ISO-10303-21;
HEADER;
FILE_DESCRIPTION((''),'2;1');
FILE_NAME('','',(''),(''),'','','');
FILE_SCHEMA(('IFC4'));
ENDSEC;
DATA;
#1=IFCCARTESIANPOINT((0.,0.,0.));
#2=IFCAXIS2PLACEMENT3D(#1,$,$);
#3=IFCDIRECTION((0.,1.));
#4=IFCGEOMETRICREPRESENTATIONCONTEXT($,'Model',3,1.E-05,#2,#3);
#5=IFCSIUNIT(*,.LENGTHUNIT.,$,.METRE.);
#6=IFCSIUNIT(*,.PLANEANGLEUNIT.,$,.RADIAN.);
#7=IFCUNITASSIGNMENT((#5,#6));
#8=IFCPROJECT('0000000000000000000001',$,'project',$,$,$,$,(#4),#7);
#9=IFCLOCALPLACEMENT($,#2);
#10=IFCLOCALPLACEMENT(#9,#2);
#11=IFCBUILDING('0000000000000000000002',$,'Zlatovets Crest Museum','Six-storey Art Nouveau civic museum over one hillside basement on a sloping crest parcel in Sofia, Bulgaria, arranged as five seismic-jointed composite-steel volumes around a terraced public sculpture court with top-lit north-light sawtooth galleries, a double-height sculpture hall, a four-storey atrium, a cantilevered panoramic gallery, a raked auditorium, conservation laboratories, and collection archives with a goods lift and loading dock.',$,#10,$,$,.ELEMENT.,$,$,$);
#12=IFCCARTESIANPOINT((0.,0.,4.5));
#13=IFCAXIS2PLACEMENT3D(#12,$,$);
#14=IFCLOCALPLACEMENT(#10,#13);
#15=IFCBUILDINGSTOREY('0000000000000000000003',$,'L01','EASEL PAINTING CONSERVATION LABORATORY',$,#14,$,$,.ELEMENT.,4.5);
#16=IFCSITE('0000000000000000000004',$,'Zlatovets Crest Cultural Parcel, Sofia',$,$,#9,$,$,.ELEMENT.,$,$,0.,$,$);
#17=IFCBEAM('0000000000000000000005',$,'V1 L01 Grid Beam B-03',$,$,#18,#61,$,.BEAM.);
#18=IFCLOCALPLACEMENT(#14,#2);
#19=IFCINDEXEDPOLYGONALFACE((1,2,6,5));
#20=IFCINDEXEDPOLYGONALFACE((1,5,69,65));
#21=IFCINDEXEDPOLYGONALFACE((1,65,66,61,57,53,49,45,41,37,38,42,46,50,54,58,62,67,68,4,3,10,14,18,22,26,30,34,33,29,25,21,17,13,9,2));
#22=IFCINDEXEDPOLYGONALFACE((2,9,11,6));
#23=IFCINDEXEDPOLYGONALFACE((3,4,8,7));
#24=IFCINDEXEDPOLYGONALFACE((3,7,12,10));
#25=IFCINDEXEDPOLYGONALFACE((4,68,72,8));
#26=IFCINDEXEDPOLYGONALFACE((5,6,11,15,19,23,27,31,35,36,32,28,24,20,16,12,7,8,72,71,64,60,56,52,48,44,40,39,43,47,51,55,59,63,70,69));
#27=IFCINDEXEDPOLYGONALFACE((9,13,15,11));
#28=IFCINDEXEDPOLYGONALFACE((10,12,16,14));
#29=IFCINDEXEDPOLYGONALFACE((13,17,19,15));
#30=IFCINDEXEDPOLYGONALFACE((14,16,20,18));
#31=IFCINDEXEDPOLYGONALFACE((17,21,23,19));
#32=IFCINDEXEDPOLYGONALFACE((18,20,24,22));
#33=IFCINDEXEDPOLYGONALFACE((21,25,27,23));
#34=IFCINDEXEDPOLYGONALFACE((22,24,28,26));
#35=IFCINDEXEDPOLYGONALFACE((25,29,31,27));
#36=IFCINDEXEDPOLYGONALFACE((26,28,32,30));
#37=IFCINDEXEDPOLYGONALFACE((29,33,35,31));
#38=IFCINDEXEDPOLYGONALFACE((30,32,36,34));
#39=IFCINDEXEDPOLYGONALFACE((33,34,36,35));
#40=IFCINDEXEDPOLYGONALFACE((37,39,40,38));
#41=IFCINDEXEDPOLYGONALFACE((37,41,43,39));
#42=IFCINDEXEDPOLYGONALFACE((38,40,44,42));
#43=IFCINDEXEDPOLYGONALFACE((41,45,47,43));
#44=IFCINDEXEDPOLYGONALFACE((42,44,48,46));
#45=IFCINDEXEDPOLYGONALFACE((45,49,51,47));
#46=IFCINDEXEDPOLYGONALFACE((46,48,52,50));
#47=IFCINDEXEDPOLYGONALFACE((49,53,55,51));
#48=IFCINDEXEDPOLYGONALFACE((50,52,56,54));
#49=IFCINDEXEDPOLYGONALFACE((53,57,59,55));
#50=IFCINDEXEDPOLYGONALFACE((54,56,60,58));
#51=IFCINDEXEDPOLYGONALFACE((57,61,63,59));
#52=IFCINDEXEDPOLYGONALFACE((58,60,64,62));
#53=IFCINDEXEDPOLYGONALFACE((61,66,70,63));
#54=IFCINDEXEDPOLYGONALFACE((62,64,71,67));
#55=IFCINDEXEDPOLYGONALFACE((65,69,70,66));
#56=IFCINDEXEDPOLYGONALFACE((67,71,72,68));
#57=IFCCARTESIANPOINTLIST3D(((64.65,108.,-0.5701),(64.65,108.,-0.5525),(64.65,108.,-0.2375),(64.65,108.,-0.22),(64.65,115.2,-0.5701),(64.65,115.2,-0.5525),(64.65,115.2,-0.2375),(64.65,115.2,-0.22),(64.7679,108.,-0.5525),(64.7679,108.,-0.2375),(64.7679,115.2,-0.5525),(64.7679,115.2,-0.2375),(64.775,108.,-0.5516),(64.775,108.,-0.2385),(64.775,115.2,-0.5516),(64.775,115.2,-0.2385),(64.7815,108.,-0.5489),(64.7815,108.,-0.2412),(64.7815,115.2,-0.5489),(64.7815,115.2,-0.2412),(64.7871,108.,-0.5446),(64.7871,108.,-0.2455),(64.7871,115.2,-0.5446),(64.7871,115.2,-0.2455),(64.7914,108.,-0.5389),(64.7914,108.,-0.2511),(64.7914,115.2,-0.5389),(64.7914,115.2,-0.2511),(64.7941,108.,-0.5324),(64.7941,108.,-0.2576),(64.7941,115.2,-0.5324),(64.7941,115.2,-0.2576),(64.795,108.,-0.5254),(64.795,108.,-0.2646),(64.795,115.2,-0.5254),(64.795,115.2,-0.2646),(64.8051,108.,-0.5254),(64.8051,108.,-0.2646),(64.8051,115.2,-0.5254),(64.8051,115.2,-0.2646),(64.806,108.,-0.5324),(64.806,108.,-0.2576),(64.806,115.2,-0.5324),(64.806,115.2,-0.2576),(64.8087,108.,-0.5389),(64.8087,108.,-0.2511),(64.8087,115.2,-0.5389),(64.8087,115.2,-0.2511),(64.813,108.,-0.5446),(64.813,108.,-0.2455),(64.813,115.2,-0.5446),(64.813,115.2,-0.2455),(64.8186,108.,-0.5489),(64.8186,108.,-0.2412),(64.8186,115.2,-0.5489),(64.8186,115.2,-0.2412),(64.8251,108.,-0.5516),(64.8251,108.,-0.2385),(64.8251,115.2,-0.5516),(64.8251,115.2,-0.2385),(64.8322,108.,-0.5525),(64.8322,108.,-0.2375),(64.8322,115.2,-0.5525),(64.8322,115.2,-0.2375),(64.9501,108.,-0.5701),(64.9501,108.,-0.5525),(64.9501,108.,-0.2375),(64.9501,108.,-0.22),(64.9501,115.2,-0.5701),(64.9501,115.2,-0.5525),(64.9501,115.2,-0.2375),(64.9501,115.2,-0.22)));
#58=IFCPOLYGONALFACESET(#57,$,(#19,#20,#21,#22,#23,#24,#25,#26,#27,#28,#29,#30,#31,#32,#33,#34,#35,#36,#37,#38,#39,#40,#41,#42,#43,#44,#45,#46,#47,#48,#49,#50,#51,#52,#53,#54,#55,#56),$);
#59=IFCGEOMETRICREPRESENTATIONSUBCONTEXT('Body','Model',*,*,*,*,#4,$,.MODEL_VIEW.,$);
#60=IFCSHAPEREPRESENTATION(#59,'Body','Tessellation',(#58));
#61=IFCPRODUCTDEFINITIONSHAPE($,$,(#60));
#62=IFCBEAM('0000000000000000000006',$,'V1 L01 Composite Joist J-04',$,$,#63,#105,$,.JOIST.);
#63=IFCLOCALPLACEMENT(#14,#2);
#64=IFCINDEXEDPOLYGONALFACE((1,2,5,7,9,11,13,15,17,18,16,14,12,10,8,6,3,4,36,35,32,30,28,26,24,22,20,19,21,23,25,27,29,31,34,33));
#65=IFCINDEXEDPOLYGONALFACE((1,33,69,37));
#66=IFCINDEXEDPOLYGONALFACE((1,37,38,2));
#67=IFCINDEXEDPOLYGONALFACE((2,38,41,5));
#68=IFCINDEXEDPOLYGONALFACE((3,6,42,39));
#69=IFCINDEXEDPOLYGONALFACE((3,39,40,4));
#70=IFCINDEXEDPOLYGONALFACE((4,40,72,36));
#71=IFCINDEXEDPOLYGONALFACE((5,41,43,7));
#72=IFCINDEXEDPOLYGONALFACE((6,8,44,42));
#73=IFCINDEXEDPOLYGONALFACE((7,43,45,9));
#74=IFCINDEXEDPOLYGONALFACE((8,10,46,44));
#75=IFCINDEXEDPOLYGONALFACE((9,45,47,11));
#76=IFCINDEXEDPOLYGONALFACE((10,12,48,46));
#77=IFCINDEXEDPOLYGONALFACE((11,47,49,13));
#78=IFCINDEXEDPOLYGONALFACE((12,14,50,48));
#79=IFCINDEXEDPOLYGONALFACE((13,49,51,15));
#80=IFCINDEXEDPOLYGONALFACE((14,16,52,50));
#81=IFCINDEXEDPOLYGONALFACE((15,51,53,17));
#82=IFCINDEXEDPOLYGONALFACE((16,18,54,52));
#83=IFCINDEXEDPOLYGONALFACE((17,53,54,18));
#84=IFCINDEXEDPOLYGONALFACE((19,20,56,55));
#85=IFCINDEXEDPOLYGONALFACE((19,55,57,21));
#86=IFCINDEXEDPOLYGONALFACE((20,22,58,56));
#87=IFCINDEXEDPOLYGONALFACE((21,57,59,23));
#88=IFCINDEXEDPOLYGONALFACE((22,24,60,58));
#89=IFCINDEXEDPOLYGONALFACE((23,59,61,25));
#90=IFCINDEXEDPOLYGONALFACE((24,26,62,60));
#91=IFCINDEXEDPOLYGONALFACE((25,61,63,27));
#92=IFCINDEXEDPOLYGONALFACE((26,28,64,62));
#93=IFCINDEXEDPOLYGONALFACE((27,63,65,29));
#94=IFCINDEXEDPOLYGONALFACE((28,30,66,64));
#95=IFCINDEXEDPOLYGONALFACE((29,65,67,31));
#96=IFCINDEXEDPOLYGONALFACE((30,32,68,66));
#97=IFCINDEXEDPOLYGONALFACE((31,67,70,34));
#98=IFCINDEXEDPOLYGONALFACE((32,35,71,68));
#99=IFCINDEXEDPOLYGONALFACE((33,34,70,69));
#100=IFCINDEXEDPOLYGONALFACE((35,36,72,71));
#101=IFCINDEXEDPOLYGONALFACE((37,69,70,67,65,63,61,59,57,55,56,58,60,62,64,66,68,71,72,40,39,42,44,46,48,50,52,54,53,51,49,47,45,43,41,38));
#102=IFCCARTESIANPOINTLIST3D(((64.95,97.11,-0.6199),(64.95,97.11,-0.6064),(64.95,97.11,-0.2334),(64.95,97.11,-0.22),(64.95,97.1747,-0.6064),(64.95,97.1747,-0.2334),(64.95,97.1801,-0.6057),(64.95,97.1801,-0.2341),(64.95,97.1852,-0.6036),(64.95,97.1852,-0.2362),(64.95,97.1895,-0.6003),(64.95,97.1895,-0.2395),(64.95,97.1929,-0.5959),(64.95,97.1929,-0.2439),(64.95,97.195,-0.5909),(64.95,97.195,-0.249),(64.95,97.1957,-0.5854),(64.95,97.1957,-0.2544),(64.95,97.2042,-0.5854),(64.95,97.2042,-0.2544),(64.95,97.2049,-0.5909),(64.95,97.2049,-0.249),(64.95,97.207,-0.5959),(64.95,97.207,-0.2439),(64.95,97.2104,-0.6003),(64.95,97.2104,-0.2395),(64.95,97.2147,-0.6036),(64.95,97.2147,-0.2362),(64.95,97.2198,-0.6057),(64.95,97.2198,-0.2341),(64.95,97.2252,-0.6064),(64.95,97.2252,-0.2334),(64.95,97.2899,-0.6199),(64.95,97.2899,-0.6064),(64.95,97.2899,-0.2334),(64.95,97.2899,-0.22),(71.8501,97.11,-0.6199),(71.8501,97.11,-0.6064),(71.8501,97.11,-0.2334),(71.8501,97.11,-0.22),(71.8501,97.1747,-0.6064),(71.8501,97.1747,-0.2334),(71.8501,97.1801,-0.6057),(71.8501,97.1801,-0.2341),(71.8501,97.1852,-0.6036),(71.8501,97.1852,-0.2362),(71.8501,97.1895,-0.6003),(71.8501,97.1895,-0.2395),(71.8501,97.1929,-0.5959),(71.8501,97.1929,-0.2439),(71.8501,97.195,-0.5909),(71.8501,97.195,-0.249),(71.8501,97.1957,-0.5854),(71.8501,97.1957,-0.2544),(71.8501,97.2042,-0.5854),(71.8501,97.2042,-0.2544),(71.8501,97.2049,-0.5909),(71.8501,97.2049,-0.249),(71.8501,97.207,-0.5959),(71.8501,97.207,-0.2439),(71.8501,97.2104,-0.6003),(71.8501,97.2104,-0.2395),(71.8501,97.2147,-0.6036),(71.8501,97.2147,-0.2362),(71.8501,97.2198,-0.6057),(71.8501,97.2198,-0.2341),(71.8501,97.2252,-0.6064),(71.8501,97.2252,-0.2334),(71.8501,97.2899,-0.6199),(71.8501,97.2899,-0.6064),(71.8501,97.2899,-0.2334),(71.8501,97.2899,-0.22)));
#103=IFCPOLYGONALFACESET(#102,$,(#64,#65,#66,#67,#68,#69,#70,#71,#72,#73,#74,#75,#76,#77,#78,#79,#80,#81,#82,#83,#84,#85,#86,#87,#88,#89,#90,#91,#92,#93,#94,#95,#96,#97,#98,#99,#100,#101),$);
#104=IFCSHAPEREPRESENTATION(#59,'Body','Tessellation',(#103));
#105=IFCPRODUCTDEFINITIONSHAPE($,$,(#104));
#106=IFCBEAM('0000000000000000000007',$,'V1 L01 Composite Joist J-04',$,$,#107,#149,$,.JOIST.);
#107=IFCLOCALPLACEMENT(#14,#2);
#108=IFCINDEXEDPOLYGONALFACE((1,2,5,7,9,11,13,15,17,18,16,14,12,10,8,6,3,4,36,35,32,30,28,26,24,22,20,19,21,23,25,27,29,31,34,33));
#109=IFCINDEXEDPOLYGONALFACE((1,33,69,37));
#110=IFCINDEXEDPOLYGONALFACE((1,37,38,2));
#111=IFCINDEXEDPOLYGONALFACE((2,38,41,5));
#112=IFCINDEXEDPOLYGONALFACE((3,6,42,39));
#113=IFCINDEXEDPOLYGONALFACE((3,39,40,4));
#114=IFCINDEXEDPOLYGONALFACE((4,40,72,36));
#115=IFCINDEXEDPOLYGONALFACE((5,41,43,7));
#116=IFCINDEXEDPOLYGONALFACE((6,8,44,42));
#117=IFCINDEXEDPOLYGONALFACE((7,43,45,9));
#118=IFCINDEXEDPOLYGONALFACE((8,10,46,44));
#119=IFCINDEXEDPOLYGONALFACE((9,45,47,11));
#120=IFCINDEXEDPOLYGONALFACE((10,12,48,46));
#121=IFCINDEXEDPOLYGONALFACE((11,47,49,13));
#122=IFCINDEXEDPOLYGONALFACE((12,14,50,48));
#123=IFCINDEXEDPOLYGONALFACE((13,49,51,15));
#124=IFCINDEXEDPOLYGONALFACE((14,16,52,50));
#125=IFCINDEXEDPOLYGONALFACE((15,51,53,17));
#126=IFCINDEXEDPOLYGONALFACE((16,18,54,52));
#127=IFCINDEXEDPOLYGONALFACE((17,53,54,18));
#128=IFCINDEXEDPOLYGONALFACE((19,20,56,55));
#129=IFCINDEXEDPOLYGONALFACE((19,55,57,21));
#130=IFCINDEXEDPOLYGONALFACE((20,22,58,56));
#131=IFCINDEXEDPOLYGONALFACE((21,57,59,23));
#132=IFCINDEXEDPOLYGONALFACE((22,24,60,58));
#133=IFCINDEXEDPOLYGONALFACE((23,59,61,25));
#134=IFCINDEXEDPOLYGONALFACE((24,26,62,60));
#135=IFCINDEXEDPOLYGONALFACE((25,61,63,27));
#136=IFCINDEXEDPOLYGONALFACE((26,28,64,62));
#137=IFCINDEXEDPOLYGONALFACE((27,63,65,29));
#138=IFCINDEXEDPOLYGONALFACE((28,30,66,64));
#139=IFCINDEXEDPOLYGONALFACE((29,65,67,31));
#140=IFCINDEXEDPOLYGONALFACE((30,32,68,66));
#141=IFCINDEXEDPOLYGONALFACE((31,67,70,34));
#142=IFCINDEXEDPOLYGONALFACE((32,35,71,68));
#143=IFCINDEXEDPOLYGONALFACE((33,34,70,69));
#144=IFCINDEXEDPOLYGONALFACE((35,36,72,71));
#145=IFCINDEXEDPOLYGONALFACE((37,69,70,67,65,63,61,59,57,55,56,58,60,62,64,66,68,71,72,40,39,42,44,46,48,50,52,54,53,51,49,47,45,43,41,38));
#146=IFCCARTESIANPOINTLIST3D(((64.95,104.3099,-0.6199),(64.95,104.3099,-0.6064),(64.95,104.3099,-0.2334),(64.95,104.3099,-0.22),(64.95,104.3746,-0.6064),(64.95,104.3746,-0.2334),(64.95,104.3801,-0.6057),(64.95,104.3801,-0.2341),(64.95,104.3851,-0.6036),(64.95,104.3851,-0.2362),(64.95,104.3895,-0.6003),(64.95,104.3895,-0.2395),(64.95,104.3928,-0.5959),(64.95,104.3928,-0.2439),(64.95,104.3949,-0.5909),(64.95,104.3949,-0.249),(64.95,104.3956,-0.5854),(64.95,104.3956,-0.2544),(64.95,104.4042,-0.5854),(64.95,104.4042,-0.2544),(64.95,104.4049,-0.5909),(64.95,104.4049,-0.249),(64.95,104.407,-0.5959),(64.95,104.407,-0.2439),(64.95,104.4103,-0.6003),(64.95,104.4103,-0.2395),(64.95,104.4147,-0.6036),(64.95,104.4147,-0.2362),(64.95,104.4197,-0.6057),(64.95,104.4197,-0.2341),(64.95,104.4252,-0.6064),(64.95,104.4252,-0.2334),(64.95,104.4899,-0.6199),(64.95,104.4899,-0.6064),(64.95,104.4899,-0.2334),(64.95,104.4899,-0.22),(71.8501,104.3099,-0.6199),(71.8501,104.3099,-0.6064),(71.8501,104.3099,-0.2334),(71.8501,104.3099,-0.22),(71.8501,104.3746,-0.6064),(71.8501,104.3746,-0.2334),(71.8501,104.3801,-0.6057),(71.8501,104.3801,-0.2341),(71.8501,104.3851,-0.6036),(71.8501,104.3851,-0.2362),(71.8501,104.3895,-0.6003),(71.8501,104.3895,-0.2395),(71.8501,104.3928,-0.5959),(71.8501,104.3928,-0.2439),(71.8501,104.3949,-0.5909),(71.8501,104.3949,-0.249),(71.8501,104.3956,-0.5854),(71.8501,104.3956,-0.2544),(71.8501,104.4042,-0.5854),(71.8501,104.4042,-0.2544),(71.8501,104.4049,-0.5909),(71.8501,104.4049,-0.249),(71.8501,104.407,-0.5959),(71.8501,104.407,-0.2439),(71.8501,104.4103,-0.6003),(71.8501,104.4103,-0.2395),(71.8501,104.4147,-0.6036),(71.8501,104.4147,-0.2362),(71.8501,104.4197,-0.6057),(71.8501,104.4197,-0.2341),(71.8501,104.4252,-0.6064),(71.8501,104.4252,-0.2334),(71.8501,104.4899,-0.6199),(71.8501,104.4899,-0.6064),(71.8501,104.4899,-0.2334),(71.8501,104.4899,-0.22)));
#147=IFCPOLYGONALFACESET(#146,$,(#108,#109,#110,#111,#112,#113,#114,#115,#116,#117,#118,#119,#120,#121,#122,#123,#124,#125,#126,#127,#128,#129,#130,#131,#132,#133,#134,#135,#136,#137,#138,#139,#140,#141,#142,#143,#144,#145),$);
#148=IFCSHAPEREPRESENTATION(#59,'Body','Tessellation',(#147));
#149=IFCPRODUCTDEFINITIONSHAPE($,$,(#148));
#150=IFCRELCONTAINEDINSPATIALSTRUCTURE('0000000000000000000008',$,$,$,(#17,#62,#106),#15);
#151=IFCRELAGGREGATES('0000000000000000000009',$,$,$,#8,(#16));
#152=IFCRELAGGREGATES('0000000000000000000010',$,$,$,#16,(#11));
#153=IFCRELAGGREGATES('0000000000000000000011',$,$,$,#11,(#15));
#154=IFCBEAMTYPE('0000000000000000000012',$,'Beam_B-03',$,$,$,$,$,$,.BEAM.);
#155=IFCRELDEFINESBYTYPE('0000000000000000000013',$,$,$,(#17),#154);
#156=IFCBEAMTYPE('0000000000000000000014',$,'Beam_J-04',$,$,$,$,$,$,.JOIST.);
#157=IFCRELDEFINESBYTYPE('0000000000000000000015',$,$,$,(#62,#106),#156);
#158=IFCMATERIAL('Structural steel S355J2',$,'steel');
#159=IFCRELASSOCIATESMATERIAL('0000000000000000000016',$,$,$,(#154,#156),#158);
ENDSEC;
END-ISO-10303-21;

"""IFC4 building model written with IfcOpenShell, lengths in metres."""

from ifc_helpers import new_model, si_unit, direction, frame, origin, origin_2d, place, context, subcontext, project, spatial, i_section, extrude, material, material_profile, profile_set, type_object, element, save


model = new_model("IFC4")

# Units and contexts
model_context = context("Model", 3, precision=1e-05, world=origin(), true_north=direction((0.0, 1.0)))
body_context = subcontext(model_context, "Body", "Model", "MODEL_VIEW")
ifc_project = project(units=[si_unit("LENGTHUNIT", "METRE"), si_unit("PLANEANGLEUNIT", "RADIAN")], contexts=[model_context])

# Site, building, storey
site_placement = place(None, origin())
site = spatial("IfcSite", under=ifc_project, at=site_placement, Name="Zlatovets Crest Cultural Parcel, Sofia", CompositionType="ELEMENT", RefElevation=0.0)
building_placement = place(site_placement, origin())
building = spatial("IfcBuilding", under=site, at=building_placement, Name="Zlatovets Crest Museum", Description="Six-storey Art Nouveau civic museum over one hillside basement on a sloping crest parcel in Sofia, Bulgaria, arranged as five seismic-jointed composite-steel volumes around a terraced public sculpture court with top-lit north-light sawtooth galleries, a double-height sculpture hall, a four-storey atrium, a cantilevered panoramic gallery, a raked auditorium, conservation laboratories, and collection archives with a goods lift and loading dock.", CompositionType="ELEMENT")
storey_placement = place(building_placement, frame((0.0, 0.0, 4.5)))
storey = spatial("IfcBuildingStorey", under=building, at=storey_placement, Name="L01", Description="EASEL PAINTING CONSERVATION LABORATORY", CompositionType="ELEMENT", Elevation=4.5)

# Shared definitions
ifc_material_1 = material(Name="Structural steel S355J2", Category="steel")

# Beams
ifc_material_profile_1 = material_profile(ifc_material_1, i_section(OverallWidth=0.3, OverallDepth=0.3501, WebThickness=0.01, FlangeThickness=0.0176, FilletRadius=0.0271, at=origin_2d()), Name="HEA 360")
ifc_profile_set_1 = profile_set([ifc_material_profile_1], Name="Structural steel S355J2")
beam_type_1 = type_object("IfcBeamType", Name="Beam_B-03", PredefinedType="BEAM", material=ifc_profile_set_1)
for number, where, z_axis, x_axis, name in (
    (1, (64.8, 108.0, -0.395), (0.0, 1.0, 0.0), (-1.0, 0.0, 0.0), "V1 L01 Grid Beam B-03"),
):
    element("IfcBeam", number, at=place(storey_placement, frame(where, z_axis=z_axis, x_axis=x_axis)), inside=storey, type_object=beam_type_1, Name=name, PredefinedType="BEAM", context=body_context, shape_type="SweptSolid", body=[
        extrude(i_section(OverallWidth=0.3, OverallDepth=0.3501, WebThickness=0.01, FlangeThickness=0.0176, FilletRadius=0.0271, at=origin_2d()), origin(), (0.0, 0.0, 1.0), 7.2),
    ])
ifc_material_profile_2 = material_profile(ifc_material_1, i_section(OverallWidth=0.1799, OverallDepth=0.3999, WebThickness=0.0085, FlangeThickness=0.0134, FilletRadius=0.021, at=origin_2d()), Name="IPE 400")
ifc_profile_set_2 = profile_set([ifc_material_profile_2], Name="Structural steel S355J2")
beam_type_2 = type_object("IfcBeamType", Name="Beam_J-04", PredefinedType="JOIST", material=ifc_profile_set_2)
for number, where, z_axis, x_axis, name in (
    (2, (64.95, 97.2, -0.4199), (1.0, 0.0, 0.0), (0.0, 1.0, 0.0), "V1 L01 Composite Joist J-04"),
    (3, (64.95, 104.3999, -0.4199), (1.0, 0.0, 0.0), (0.0, 1.0, 0.0), "V1 L01 Composite Joist J-04"),
):
    element("IfcBeam", number, at=place(storey_placement, frame(where, z_axis=z_axis, x_axis=x_axis)), inside=storey, type_object=beam_type_2, Name=name, PredefinedType="JOIST", context=body_context, shape_type="SweptSolid", body=[
        extrude(i_section(OverallWidth=0.1799, OverallDepth=0.3999, WebThickness=0.0085, FlangeThickness=0.0134, FilletRadius=0.021, at=origin_2d()), origin(), (0.0, 0.0, 1.0), 6.9001),
    ])

save(model, "model.ifc")
